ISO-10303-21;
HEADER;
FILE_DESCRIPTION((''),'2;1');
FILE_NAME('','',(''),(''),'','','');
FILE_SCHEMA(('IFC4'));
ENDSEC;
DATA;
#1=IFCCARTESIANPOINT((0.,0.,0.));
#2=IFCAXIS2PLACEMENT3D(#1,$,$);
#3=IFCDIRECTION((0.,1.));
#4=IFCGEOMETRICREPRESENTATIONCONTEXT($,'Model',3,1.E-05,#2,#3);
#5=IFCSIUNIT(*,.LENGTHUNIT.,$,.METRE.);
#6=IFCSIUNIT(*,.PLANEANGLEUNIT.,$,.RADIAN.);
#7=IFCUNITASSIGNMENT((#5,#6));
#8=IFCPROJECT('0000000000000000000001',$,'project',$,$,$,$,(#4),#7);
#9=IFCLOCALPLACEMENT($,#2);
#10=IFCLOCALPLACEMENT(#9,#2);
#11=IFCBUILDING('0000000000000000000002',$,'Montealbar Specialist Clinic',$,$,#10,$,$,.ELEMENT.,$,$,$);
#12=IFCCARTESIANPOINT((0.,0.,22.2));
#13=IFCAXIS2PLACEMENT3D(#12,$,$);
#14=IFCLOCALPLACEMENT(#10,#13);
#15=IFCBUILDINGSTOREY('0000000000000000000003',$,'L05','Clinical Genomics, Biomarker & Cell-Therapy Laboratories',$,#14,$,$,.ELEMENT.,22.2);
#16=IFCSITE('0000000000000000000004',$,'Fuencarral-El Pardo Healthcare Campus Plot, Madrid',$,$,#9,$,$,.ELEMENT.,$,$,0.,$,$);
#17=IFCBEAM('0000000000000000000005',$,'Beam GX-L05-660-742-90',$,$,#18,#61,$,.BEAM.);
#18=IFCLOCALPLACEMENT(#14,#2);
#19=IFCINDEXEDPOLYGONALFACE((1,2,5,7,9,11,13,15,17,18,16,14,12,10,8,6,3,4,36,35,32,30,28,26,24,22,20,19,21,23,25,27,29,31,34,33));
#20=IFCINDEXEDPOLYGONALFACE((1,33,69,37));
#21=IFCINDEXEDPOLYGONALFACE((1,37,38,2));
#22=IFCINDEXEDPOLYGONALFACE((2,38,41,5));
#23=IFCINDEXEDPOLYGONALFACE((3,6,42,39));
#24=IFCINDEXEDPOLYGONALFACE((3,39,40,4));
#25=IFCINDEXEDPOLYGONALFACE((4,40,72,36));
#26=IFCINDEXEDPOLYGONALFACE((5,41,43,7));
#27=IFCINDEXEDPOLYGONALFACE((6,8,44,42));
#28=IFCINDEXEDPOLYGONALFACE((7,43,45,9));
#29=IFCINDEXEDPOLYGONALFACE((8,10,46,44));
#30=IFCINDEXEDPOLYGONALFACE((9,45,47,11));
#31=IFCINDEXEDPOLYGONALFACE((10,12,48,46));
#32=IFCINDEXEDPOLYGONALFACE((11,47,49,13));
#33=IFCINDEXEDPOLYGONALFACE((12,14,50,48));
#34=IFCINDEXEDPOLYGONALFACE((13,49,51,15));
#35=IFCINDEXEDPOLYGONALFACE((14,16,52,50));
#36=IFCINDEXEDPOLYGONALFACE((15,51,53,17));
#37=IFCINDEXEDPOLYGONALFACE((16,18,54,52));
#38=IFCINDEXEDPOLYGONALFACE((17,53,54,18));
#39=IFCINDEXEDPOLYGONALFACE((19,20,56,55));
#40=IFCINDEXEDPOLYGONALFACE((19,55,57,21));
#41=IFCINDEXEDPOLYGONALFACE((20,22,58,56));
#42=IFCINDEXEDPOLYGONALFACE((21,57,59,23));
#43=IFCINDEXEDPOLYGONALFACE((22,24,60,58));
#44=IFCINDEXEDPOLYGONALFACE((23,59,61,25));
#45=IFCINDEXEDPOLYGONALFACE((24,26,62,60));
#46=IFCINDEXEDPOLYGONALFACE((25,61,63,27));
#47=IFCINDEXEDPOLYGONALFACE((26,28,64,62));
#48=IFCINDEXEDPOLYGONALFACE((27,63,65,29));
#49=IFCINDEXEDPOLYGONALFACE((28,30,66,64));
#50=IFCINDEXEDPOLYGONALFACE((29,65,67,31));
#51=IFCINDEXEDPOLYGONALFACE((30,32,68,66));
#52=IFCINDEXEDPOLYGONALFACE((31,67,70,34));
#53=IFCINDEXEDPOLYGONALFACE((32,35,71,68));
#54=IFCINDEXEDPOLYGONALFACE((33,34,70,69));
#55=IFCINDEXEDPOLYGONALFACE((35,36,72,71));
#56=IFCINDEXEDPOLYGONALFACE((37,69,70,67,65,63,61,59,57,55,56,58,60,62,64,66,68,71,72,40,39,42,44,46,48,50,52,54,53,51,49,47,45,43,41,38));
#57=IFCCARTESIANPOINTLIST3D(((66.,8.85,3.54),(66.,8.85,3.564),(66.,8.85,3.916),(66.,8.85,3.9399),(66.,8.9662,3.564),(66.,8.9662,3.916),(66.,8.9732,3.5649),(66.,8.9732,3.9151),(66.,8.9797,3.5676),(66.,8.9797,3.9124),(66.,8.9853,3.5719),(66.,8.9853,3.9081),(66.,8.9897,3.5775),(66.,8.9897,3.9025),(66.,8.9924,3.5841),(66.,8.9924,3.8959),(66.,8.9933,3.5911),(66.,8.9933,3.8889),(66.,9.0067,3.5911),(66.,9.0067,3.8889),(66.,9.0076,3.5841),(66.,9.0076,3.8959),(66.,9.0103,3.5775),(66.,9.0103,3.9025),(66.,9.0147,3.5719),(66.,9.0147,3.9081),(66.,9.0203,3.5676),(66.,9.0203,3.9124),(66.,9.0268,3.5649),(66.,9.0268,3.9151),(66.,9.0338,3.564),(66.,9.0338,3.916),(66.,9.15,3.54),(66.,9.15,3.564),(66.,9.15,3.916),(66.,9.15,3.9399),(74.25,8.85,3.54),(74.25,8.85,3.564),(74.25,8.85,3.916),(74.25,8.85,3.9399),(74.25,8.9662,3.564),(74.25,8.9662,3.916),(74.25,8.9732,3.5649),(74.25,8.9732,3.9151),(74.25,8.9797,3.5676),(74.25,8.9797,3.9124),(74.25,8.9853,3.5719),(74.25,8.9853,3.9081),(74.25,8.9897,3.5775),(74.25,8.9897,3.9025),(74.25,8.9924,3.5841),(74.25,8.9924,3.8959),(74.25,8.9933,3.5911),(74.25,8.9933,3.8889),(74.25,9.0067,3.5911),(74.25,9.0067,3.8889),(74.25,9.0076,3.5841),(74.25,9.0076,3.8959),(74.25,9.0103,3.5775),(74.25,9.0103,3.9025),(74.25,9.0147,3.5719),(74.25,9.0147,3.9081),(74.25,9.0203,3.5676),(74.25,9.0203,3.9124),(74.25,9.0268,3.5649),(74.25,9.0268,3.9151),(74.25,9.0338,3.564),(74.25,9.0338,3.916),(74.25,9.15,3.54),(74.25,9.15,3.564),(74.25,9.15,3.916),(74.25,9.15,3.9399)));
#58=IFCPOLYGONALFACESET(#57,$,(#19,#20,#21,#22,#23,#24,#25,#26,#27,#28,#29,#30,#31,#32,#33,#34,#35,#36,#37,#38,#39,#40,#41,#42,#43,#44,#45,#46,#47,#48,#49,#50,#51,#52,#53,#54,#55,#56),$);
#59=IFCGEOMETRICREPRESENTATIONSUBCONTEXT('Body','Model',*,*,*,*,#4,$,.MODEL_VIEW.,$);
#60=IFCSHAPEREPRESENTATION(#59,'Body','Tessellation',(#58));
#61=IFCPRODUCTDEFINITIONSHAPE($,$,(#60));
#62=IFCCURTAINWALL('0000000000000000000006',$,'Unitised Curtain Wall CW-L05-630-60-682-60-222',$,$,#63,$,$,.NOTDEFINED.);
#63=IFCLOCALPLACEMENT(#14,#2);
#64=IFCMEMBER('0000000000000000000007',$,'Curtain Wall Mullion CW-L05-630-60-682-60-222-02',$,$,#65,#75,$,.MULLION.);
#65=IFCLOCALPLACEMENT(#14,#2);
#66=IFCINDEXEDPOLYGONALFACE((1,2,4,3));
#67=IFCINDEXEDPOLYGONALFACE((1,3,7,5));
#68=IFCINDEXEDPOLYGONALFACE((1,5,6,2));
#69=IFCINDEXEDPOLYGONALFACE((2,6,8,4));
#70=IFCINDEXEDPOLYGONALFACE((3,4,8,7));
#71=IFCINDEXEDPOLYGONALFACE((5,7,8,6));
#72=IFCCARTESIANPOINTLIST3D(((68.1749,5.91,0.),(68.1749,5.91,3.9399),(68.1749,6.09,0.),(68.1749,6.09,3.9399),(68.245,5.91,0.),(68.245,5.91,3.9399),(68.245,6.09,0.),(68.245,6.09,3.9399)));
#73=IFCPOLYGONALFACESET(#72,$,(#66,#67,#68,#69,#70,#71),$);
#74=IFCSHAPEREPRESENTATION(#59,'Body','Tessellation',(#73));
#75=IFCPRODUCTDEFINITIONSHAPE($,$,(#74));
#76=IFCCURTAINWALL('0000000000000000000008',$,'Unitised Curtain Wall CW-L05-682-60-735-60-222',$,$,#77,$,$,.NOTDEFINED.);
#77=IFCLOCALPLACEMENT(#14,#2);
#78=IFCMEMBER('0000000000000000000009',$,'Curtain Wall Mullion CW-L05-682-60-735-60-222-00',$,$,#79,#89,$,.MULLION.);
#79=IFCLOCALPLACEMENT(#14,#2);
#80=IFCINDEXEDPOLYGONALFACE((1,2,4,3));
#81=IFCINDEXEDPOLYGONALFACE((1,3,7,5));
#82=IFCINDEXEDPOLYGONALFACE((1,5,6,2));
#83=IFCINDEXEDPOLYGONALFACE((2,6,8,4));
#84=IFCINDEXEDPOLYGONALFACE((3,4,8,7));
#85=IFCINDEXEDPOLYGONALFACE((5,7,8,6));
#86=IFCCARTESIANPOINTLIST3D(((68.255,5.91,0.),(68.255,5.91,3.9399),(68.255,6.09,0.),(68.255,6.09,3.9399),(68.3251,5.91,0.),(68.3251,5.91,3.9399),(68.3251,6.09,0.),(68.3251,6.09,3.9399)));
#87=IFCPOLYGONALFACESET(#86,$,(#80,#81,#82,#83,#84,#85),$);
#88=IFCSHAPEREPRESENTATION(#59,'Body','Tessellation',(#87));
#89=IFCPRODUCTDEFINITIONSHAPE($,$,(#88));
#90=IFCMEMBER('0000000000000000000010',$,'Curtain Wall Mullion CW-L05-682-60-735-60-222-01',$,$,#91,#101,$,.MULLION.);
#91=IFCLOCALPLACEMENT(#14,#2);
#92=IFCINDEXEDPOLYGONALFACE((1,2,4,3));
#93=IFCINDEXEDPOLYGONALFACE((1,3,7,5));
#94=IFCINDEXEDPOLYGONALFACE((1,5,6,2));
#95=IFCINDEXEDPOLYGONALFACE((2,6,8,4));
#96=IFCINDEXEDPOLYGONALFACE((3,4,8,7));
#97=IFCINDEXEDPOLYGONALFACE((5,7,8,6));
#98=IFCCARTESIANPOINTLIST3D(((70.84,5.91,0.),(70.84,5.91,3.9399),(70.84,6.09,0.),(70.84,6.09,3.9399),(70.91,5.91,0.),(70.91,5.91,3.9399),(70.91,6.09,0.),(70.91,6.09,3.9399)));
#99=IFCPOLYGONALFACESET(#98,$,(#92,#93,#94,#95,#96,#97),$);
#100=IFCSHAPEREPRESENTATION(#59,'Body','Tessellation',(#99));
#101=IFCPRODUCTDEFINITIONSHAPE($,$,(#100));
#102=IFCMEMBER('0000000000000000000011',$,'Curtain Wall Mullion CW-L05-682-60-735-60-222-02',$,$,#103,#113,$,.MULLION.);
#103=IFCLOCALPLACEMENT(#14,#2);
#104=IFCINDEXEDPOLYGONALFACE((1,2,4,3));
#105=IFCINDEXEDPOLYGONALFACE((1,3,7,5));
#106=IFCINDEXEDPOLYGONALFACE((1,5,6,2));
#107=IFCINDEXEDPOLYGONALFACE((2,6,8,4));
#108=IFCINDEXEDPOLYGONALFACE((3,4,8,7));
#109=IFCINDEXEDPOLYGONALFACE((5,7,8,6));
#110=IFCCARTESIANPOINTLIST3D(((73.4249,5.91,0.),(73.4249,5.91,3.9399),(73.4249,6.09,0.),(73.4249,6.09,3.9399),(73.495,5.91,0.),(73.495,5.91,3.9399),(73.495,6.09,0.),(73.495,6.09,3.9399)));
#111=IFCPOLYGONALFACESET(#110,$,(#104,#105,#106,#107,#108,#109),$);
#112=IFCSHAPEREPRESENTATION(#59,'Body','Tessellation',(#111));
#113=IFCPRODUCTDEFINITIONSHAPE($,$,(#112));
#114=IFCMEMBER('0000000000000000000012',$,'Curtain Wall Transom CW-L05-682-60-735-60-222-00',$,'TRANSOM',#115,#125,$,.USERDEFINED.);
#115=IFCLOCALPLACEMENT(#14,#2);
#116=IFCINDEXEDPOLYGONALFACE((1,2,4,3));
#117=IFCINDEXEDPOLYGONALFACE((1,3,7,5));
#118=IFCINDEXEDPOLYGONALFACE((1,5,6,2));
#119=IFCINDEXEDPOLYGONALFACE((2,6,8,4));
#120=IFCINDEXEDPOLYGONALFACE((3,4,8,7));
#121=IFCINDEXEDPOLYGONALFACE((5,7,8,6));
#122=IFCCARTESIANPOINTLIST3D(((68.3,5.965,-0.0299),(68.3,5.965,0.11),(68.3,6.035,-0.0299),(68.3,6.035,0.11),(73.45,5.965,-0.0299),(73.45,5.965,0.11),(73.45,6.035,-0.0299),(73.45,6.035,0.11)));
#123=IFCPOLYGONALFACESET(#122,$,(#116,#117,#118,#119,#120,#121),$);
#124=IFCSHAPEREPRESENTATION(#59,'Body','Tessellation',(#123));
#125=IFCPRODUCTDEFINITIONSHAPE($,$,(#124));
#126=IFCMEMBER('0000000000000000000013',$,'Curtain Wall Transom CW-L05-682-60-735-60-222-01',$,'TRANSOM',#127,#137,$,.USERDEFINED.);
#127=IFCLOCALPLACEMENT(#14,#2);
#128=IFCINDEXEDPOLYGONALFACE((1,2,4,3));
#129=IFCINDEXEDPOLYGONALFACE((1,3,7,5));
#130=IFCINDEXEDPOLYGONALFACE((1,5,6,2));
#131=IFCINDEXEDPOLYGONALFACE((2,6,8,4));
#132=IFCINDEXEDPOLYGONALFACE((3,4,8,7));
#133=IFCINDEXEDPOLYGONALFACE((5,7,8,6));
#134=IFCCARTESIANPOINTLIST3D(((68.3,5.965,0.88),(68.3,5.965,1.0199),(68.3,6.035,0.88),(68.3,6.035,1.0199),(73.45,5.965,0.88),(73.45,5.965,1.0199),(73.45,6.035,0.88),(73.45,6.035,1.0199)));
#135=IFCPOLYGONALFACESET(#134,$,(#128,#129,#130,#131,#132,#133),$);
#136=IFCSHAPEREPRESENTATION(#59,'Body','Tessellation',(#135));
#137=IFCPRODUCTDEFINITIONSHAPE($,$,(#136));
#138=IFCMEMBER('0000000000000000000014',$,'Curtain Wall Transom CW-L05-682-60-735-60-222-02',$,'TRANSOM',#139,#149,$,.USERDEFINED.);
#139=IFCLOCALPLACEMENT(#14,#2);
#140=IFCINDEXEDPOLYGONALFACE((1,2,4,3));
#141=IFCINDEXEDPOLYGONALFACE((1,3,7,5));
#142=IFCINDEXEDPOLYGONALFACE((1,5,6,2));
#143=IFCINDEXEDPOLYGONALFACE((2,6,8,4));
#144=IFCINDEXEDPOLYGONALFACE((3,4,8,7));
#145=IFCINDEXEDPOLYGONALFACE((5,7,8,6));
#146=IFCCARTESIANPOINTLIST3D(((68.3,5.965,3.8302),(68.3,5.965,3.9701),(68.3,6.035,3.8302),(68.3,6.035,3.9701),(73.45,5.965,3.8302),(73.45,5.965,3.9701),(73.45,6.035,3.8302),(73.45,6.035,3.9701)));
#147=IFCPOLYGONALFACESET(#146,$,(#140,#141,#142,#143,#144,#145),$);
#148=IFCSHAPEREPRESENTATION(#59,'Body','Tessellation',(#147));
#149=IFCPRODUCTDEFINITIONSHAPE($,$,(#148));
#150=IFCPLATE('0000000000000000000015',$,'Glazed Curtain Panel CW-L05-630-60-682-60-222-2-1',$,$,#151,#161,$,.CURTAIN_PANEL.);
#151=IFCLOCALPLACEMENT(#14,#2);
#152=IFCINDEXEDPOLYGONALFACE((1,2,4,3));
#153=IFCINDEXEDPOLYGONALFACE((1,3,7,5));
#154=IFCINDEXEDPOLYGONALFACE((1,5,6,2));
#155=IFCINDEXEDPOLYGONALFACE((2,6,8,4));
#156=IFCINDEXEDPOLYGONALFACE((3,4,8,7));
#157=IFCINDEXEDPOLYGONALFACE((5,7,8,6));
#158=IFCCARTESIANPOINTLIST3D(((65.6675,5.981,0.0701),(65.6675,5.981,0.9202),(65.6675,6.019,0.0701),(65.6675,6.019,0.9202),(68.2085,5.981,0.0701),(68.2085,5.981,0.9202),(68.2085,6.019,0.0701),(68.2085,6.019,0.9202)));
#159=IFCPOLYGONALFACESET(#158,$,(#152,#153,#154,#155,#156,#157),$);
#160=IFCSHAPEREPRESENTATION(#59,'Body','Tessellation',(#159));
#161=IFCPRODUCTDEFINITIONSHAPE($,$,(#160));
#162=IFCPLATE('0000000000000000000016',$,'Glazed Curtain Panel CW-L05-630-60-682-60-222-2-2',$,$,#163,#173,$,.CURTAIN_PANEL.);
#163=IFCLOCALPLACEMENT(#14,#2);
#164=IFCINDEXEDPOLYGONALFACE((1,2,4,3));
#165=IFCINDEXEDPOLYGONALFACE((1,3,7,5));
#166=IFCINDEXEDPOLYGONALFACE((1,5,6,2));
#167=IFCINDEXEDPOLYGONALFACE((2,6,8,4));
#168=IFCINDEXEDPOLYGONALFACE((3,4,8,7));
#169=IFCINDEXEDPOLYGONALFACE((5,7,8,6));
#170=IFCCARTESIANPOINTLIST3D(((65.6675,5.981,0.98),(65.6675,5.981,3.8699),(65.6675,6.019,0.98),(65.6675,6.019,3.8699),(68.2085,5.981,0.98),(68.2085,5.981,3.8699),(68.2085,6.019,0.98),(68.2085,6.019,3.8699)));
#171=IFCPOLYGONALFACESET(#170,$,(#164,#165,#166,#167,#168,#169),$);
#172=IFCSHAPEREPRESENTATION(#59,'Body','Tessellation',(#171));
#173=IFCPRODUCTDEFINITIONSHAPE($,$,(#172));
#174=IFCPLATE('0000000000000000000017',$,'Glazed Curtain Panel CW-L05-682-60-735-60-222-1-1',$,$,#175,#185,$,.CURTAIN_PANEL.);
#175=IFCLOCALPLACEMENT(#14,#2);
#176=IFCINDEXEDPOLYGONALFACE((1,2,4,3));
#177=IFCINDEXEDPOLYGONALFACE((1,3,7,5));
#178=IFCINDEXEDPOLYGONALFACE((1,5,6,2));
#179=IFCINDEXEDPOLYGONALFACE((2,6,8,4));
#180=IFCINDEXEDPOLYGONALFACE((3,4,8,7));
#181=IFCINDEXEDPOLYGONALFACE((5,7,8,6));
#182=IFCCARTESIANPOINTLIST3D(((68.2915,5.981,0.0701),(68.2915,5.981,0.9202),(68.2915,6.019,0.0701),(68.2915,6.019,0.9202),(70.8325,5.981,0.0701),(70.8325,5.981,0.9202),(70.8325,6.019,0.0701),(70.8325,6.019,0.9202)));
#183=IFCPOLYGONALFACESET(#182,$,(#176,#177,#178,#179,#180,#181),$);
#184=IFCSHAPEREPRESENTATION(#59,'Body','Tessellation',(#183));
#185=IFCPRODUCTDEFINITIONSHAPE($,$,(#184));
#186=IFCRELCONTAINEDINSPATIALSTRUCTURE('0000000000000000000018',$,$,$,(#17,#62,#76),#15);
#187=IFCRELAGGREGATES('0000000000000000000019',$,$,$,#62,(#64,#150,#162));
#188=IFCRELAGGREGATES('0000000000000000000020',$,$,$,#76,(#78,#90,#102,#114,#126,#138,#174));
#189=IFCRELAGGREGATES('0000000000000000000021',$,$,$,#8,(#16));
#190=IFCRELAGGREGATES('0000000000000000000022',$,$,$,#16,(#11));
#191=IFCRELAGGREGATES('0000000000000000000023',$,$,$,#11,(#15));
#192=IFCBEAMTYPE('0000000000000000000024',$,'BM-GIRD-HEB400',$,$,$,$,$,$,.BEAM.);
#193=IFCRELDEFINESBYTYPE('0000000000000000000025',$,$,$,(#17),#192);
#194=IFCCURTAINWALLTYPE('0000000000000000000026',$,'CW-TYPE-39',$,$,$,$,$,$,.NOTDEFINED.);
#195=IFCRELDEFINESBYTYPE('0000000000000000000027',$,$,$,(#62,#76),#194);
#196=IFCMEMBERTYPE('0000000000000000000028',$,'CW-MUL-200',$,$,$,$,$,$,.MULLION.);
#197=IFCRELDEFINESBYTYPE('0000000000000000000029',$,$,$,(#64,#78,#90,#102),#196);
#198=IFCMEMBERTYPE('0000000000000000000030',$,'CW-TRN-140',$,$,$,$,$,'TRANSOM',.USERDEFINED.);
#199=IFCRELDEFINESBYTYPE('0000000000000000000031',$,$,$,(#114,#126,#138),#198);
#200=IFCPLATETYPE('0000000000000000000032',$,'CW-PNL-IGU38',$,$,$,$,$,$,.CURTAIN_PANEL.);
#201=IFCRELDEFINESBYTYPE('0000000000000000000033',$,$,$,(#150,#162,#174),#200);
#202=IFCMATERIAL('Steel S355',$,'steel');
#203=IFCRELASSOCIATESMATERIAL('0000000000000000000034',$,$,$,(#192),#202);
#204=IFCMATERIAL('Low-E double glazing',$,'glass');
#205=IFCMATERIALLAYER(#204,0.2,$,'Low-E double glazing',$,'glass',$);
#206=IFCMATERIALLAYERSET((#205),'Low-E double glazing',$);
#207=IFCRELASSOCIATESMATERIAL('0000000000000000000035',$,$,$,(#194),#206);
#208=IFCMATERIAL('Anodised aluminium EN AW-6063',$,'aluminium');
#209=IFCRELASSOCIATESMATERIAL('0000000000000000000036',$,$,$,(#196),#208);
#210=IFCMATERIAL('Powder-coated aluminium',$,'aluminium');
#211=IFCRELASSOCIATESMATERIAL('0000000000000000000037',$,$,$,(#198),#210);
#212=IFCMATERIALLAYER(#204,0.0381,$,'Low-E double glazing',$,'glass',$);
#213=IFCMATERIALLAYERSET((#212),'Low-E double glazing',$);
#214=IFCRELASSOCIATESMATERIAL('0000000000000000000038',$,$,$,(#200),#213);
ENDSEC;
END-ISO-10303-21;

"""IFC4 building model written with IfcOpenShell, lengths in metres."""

from ifc_helpers import new_model, si_unit, direction, frame, origin, origin_2d, place, context, subcontext, project, spatial, rectangle, i_section, extrude, material, layer, layer_set, material_profile, profile_set, type_object, element, aggregate, save


model = new_model("IFC4")

# Units and contexts
model_context = context("Model", 3, precision=1e-05, world=origin(), true_north=direction((0.0, 1.0)))
body_context = subcontext(model_context, "Body", "Model", "MODEL_VIEW")
ifc_project = project(units=[si_unit("LENGTHUNIT", "METRE"), si_unit("PLANEANGLEUNIT", "RADIAN")], contexts=[model_context])

# Site, building, storey
site_placement = place(None, origin())
site = spatial("IfcSite", under=ifc_project, at=site_placement, Name="Fuencarral-El Pardo Healthcare Campus Plot, Madrid", CompositionType="ELEMENT", RefElevation=0.0)
building_placement = place(site_placement, origin())
building = spatial("IfcBuilding", under=site, at=building_placement, Name="Montealbar Specialist Clinic", CompositionType="ELEMENT")
storey_placement = place(building_placement, frame((0.0, 0.0, 22.2)))
storey = spatial("IfcBuildingStorey", under=building, at=storey_placement, Name="L05", Description="Clinical Genomics, Biomarker & Cell-Therapy Laboratories", CompositionType="ELEMENT", Elevation=22.2)

# Beam
ifc_material_1 = material(Name="Steel S355", Category="steel")
ifc_material_profile_1 = material_profile(ifc_material_1, i_section(OverallWidth=0.3, OverallDepth=0.3999, WebThickness=0.0134, FlangeThickness=0.0239, FilletRadius=0.0271, at=origin_2d()), Name="HEB 400", Category="steel")
ifc_profile_set_1 = profile_set([ifc_material_profile_1], Name="Steel S355")
beam_type = type_object("IfcBeamType", Name="BM-GIRD-HEB400", PredefinedType="BEAM", material=ifc_profile_set_1)
beam_placement = place(storey_placement, frame((66.0, 9.0, 3.74), z_axis=(1.0, 0.0, 0.0), x_axis=(0.0, 1.0, 0.0)))
element("IfcBeam", 1, at=beam_placement, inside=storey, type_object=beam_type, Name="Beam GX-L05-660-742-90", PredefinedType="BEAM", context=body_context, shape_type="SweptSolid", body=[
    extrude(i_section(OverallWidth=0.3, OverallDepth=0.3999, WebThickness=0.0134, FlangeThickness=0.0239, FilletRadius=0.0271, at=origin_2d()), origin(), (0.0, 0.0, 1.0), 8.25),
])

# Curtain wall, member
ifc_material_2 = material(Name="Low-E double glazing", Category="glass")
ifc_layer_1 = layer(ifc_material_2, 0.2, Name="Low-E double glazing", Category="glass")
ifc_layer_set_1 = layer_set([ifc_layer_1], Name="Low-E double glazing")
curtain_wall_type = type_object("IfcCurtainWallType", Name="CW-TYPE-39", PredefinedType="NOTDEFINED", material=ifc_layer_set_1)
curtain_wall_1_placement = place(storey_placement, origin())
curtain_wall_1 = element("IfcCurtainWall", 2, at=curtain_wall_1_placement, inside=storey, type_object=curtain_wall_type, Name="Unitised Curtain Wall CW-L05-630-60-682-60-222", PredefinedType="NOTDEFINED")
ifc_material_3 = material(Name="Anodised aluminium EN AW-6063", Category="aluminium")
ifc_material_profile_2 = material_profile(ifc_material_3, rectangle(XDim=0.0701, YDim=0.1799, at=origin_2d()), Name="ALU 70x180", Category="aluminium")
ifc_profile_set_2 = profile_set([ifc_material_profile_2], Name="Anodised aluminium EN AW-6063")
member_type_1 = type_object("IfcMemberType", Name="CW-MUL-200", PredefinedType="MULLION", material=ifc_profile_set_2)
member_1_placement = place(storey_placement, frame((68.21, 6.0, 0.0), z_axis=(0.0, 0.0, 1.0), x_axis=(1.0, 0.0, 0.0)))
member_1 = element("IfcMember", 3, at=member_1_placement, type_object=member_type_1, Name="Curtain Wall Mullion CW-L05-630-60-682-60-222-02", PredefinedType="MULLION", context=body_context, shape_type="SweptSolid", body=[
    extrude(rectangle(XDim=0.0701, YDim=0.1799, at=origin_2d()), origin(), (0.0, 0.0, 1.0), 3.9399),
])

# Curtain wall, members
curtain_wall_2_placement = place(storey_placement, origin())
curtain_wall_2 = element("IfcCurtainWall", 4, at=curtain_wall_2_placement, inside=storey, type_object=curtain_wall_type, Name="Unitised Curtain Wall CW-L05-682-60-735-60-222", PredefinedType="NOTDEFINED")
member_2_placement = place(storey_placement, frame((68.29, 6.0, 0.0), z_axis=(0.0, 0.0, 1.0), x_axis=(1.0, 0.0, 0.0)))
member_2 = element("IfcMember", 5, at=member_2_placement, type_object=member_type_1, Name="Curtain Wall Mullion CW-L05-682-60-735-60-222-00", PredefinedType="MULLION", context=body_context, shape_type="SweptSolid", body=[
    extrude(rectangle(XDim=0.0701, YDim=0.1799, at=origin_2d()), origin(), (0.0, 0.0, 1.0), 3.9399),
])
member_3_placement = place(storey_placement, frame((70.875, 6.0, 0.0), z_axis=(0.0, 0.0, 1.0), x_axis=(1.0, 0.0, 0.0)))
member_3 = element("IfcMember", 6, at=member_3_placement, type_object=member_type_1, Name="Curtain Wall Mullion CW-L05-682-60-735-60-222-01", PredefinedType="MULLION", context=body_context, shape_type="SweptSolid", body=[
    extrude(rectangle(XDim=0.0701, YDim=0.1799, at=origin_2d()), origin(), (0.0, 0.0, 1.0), 3.9399),
])
member_4_placement = place(storey_placement, frame((73.46, 6.0, 0.0), z_axis=(0.0, 0.0, 1.0), x_axis=(1.0, 0.0, 0.0)))
member_4 = element("IfcMember", 7, at=member_4_placement, type_object=member_type_1, Name="Curtain Wall Mullion CW-L05-682-60-735-60-222-02", PredefinedType="MULLION", context=body_context, shape_type="SweptSolid", body=[
    extrude(rectangle(XDim=0.0701, YDim=0.1799, at=origin_2d()), origin(), (0.0, 0.0, 1.0), 3.9399),
])
ifc_material_4 = material(Name="Powder-coated aluminium", Category="aluminium")
ifc_material_profile_3 = material_profile(ifc_material_4, rectangle(XDim=0.0701, YDim=0.1399, at=origin_2d()), Name="ALU 70x140", Category="aluminium")
ifc_profile_set_3 = profile_set([ifc_material_profile_3], Name="Powder-coated aluminium")
member_type_2 = type_object("IfcMemberType", Name="CW-TRN-140", ElementType="TRANSOM", PredefinedType="USERDEFINED", material=ifc_profile_set_3)
member_5_placement = place(storey_placement, frame((68.3, 6.0, 0.04), z_axis=(1.0, 0.0, 0.0), x_axis=(0.0, 1.0, 0.0)))
member_5 = element("IfcMember", 8, at=member_5_placement, type_object=member_type_2, Name="Curtain Wall Transom CW-L05-682-60-735-60-222-00", ObjectType="TRANSOM", PredefinedType="USERDEFINED", context=body_context, shape_type="SweptSolid", body=[
    extrude(rectangle(XDim=0.0701, YDim=0.1399, at=origin_2d()), origin(), (0.0, 0.0, 1.0), 5.1499),
])
member_6_placement = place(storey_placement, frame((68.3, 6.0, 0.95), z_axis=(1.0, 0.0, 0.0), x_axis=(0.0, 1.0, 0.0)))
member_6 = element("IfcMember", 9, at=member_6_placement, type_object=member_type_2, Name="Curtain Wall Transom CW-L05-682-60-735-60-222-01", ObjectType="TRANSOM", PredefinedType="USERDEFINED", context=body_context, shape_type="SweptSolid", body=[
    extrude(rectangle(XDim=0.0701, YDim=0.1399, at=origin_2d()), origin(), (0.0, 0.0, 1.0), 5.1499),
])
member_7_placement = place(storey_placement, frame((68.3, 6.0, 3.9001), z_axis=(1.0, 0.0, 0.0), x_axis=(0.0, 1.0, 0.0)))
member_7 = element("IfcMember", 10, at=member_7_placement, type_object=member_type_2, Name="Curtain Wall Transom CW-L05-682-60-735-60-222-02", ObjectType="TRANSOM", PredefinedType="USERDEFINED", context=body_context, shape_type="SweptSolid", body=[
    extrude(rectangle(XDim=0.0701, YDim=0.1399, at=origin_2d()), origin(), (0.0, 0.0, 1.0), 5.1499),
])

# Plates
ifc_layer_2 = layer(ifc_material_2, 0.0381, Name="Low-E double glazing", Category="glass")
ifc_layer_set_2 = layer_set([ifc_layer_2], Name="Low-E double glazing")
plate_type = type_object("IfcPlateType", Name="CW-PNL-IGU38", PredefinedType="CURTAIN_PANEL", material=ifc_layer_set_2)
plate_1_placement = place(storey_placement, frame((66.938, 6.0, 0.0701), z_axis=(0.0, 0.0, 1.0), x_axis=(1.0, 0.0, 0.0)))
plate_1 = element("IfcPlate", 11, at=plate_1_placement, type_object=plate_type, Name="Glazed Curtain Panel CW-L05-630-60-682-60-222-2-1", PredefinedType="CURTAIN_PANEL", context=body_context, shape_type="SweptSolid", body=[
    extrude(rectangle(XDim=2.541, YDim=0.0381, at=origin_2d()), origin(), (0.0, 0.0, 1.0), 0.8501),
])
plate_2_placement = place(storey_placement, frame((66.938, 6.0, 0.98), z_axis=(0.0, 0.0, 1.0), x_axis=(1.0, 0.0, 0.0)))
plate_2 = element("IfcPlate", 12, at=plate_2_placement, type_object=plate_type, Name="Glazed Curtain Panel CW-L05-630-60-682-60-222-2-2", PredefinedType="CURTAIN_PANEL", context=body_context, shape_type="SweptSolid", body=[
    extrude(rectangle(XDim=2.541, YDim=0.0381, at=origin_2d()), origin(), (0.0, 0.0, 1.0), 2.8899),
])
aggregate(curtain_wall_1, [member_1, plate_1, plate_2])
plate_3_placement = place(storey_placement, frame((69.562, 6.0, 0.0701), z_axis=(0.0, 0.0, 1.0), x_axis=(1.0, 0.0, 0.0)))
plate_3 = element("IfcPlate", 13, at=plate_3_placement, type_object=plate_type, Name="Glazed Curtain Panel CW-L05-682-60-735-60-222-1-1", PredefinedType="CURTAIN_PANEL", context=body_context, shape_type="SweptSolid", body=[
    extrude(rectangle(XDim=2.541, YDim=0.0381, at=origin_2d()), origin(), (0.0, 0.0, 1.0), 0.8501),
])
aggregate(curtain_wall_2, [member_2, member_3, member_4, member_5, member_6, member_7, plate_3])

save(model, "model.ifc")
